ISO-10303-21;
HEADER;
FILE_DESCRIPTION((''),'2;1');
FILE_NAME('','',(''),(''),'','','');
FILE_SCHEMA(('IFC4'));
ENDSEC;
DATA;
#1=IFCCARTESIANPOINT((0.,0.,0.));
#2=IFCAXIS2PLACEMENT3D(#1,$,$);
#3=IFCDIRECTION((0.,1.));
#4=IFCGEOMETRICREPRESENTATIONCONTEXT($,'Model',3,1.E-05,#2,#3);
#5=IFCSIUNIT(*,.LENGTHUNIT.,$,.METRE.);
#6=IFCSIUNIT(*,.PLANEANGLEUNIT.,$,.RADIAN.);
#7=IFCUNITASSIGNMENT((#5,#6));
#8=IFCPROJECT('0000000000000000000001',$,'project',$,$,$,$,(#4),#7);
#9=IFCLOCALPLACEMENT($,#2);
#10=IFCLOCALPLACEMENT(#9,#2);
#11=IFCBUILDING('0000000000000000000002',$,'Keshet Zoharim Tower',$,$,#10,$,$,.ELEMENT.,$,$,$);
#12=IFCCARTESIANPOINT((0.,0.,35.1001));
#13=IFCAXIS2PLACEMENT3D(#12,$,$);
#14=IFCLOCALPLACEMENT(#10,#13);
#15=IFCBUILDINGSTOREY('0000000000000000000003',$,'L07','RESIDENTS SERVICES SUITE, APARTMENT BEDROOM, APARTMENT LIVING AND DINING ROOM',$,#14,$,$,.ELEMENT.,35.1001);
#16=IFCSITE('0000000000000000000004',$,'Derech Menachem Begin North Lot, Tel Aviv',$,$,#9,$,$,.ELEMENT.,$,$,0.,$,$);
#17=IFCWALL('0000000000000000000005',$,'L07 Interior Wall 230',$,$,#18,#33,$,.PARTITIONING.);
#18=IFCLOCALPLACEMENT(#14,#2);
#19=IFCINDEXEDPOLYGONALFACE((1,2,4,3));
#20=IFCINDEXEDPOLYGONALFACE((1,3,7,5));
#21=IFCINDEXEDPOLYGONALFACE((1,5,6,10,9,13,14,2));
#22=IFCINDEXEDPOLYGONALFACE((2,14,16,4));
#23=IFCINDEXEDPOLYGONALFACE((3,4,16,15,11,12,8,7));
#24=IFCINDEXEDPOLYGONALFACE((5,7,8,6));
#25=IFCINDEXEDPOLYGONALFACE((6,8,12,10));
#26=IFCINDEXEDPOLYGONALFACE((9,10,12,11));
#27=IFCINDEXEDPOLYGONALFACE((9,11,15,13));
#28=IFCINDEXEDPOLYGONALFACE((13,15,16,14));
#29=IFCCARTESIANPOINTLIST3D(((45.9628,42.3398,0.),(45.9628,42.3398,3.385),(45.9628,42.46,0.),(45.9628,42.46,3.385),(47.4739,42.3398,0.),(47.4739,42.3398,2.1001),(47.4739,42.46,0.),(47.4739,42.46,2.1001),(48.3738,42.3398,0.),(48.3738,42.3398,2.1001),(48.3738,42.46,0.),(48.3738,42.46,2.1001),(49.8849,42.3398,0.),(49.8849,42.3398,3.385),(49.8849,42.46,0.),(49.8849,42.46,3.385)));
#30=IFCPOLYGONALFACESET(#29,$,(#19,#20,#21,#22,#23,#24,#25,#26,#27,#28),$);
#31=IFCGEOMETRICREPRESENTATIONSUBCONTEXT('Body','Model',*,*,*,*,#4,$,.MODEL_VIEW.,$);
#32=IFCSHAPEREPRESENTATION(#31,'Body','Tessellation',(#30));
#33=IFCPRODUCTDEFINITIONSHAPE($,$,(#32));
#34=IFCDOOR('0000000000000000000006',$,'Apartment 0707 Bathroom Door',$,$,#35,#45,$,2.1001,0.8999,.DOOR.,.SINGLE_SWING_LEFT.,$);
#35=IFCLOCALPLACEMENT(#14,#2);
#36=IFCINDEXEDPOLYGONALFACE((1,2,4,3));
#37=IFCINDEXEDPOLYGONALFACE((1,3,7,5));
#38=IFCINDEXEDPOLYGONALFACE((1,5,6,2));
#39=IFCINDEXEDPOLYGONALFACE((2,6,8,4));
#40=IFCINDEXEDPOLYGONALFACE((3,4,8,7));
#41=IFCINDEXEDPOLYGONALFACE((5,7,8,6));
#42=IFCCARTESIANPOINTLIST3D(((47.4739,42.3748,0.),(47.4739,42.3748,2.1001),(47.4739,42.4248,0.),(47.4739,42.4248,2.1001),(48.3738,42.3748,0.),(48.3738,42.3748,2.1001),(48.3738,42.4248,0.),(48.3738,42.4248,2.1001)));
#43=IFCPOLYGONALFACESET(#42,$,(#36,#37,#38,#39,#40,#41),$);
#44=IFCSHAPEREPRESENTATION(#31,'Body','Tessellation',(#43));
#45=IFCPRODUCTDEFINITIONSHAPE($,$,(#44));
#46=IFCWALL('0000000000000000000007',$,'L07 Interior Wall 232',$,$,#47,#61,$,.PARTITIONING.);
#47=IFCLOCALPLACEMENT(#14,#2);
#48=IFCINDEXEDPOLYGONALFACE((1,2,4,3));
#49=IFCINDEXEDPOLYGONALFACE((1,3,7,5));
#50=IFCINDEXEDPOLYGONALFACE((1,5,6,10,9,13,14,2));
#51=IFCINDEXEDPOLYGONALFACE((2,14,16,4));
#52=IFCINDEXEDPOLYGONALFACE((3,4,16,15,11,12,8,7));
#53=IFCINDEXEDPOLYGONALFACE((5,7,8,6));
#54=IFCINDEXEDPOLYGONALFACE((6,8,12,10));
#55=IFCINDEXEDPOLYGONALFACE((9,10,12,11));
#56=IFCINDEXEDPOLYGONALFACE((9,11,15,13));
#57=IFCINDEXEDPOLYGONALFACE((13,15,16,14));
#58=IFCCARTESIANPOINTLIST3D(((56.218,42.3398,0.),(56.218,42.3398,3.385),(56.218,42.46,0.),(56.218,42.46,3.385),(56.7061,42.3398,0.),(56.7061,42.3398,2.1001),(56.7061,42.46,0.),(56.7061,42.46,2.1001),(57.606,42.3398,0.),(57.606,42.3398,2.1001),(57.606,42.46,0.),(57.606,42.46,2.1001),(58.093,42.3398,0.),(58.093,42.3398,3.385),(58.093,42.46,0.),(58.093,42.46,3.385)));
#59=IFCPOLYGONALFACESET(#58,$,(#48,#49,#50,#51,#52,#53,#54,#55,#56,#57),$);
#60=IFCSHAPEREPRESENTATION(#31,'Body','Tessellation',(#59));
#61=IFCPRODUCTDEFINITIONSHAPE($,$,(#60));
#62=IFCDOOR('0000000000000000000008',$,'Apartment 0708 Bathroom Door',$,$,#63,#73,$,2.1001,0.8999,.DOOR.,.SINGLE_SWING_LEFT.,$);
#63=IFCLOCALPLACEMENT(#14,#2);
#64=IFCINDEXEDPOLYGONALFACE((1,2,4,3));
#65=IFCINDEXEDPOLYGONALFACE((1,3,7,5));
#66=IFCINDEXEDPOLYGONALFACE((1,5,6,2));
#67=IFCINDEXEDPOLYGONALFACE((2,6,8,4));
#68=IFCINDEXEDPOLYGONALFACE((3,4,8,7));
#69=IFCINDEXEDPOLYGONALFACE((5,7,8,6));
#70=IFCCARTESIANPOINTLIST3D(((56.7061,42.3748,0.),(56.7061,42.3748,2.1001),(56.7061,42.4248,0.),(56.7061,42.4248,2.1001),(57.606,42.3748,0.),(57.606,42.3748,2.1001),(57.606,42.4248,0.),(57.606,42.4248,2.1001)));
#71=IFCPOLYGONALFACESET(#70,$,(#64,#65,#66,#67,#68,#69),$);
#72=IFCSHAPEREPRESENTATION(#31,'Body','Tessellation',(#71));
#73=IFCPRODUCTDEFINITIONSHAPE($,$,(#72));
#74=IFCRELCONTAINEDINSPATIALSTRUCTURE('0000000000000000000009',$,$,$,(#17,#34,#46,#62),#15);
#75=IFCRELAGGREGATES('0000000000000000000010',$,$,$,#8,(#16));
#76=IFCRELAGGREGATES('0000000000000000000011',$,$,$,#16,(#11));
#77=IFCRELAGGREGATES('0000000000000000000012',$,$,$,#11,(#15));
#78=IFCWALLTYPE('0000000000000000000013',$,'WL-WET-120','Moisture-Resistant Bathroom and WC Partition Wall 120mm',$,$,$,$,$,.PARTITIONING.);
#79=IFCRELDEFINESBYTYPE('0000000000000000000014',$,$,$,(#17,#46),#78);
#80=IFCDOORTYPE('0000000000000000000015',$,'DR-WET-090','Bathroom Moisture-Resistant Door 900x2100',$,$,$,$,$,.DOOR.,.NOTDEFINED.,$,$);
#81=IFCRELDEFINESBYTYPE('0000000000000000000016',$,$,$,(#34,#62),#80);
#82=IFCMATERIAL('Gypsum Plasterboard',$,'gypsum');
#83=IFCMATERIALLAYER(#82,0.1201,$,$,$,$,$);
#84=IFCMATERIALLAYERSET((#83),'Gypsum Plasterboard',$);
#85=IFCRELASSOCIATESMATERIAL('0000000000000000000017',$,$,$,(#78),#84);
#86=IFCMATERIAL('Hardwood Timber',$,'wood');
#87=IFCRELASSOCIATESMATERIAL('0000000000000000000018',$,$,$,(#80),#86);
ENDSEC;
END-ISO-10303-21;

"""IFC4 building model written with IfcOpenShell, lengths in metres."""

from ifc_helpers import new_model, si_unit, direction, frame, frame_2d, origin, place, context, subcontext, project, spatial, rectangle, extrude, material, layer, layer_set, type_object, element, fill, save


model = new_model("IFC4")

# Units and contexts
model_context = context("Model", 3, precision=1e-05, world=origin(), true_north=direction((0.0, 1.0)))
body_context = subcontext(model_context, "Body", "Model", "MODEL_VIEW")
ifc_project = project(units=[si_unit("LENGTHUNIT", "METRE"), si_unit("PLANEANGLEUNIT", "RADIAN")], contexts=[model_context])

# Site, building, storey
site_placement = place(None, origin())
site = spatial("IfcSite", under=ifc_project, at=site_placement, Name="Derech Menachem Begin North Lot, Tel Aviv", CompositionType="ELEMENT", RefElevation=0.0)
building_placement = place(site_placement, origin())
building = spatial("IfcBuilding", under=site, at=building_placement, Name="Keshet Zoharim Tower", CompositionType="ELEMENT")
storey_placement = place(building_placement, frame((0.0, 0.0, 35.1001)))
storey = spatial("IfcBuildingStorey", under=building, at=storey_placement, Name="L07", Description="RESIDENTS SERVICES SUITE, APARTMENT BEDROOM, APARTMENT LIVING AND DINING ROOM", CompositionType="ELEMENT", Elevation=35.1001)

# Shared definitions
ifc_material_1 = material(Name="Gypsum Plasterboard", Category="gypsum")

# Shared definitions
ifc_material_2 = material(Name="Hardwood Timber", Category="wood")

# Shared definitions
ifc_layer_1 = layer(ifc_material_1, 0.1201)
ifc_layer_set_1 = layer_set([ifc_layer_1], Name="Gypsum Plasterboard")
wall_type_1 = type_object("IfcWallType", Name="WL-WET-120", Description="Moisture-Resistant Bathroom and WC Partition Wall 120mm", PredefinedType="PARTITIONING", material=ifc_layer_set_1)

# Walls, openings, doors
door_type_1 = type_object("IfcDoorType", Name="DR-WET-090", Description="Bathroom Moisture-Resistant Door 900x2100", OperationType="NOTDEFINED", PredefinedType="DOOR", material=ifc_material_2)
wall_1_placement = place(storey_placement, frame((45.9629, 42.3999, 0.0), z_axis=(0.0, 0.0, 1.0), x_axis=(1.0, 0.0, 0.0)))
wall_1 = element("IfcWall", 1, at=wall_1_placement, inside=storey, type_object=wall_type_1, Name="L07 Interior Wall 230", PredefinedType="PARTITIONING", context=body_context, shape_type="SweptSolid", body=[
    extrude(rectangle(XDim=3.9221, YDim=0.1201, at=frame_2d((1.9609, 0.0))), origin(), (0.0, 0.0, 1.0), 3.385),
])
opening_1_placement = place(wall_1_placement, frame((1.511, 0.0, 0.0)))
opening_1 = element("IfcOpeningElement", 2, at=opening_1_placement, cuts=wall_1, PredefinedType="OPENING", context=body_context, shape_type="SweptSolid", body=[
    extrude(rectangle(XDim=0.8999, YDim=2.1001, at=frame_2d((0.45, 1.05))), frame((0.0, 0.0701, 0.0), z_axis=(0.0, -1.0, 0.0), x_axis=(1.0, 0.0, 0.0)), (0.0, 0.0, 1.0), 0.1401),
])
door_1_placement = place(opening_1_placement, origin())
door_1 = element("IfcDoor", 3, at=door_1_placement, inside=storey, type_object=door_type_1, Name="Apartment 0707 Bathroom Door", OperationType="SINGLE_SWING_LEFT", OverallHeight=2.1001, OverallWidth=0.8999, PredefinedType="DOOR", context=body_context, shape_type="SweptSolid", body=[
    extrude(rectangle(XDim=0.8999, YDim=2.1001, at=frame_2d((0.45, 1.05))), frame((0.0, 0.0249, 0.0), z_axis=(0.0, -1.0, 0.0), x_axis=(1.0, 0.0, 0.0)), (0.0, 0.0, 1.0), 0.05),
])
fill(opening_1, door_1)
wall_2_placement = place(storey_placement, frame((56.218, 42.3999, 0.0), z_axis=(0.0, 0.0, 1.0), x_axis=(1.0, 0.0, 0.0)))
wall_2 = element("IfcWall", 4, at=wall_2_placement, inside=storey, type_object=wall_type_1, Name="L07 Interior Wall 232", PredefinedType="PARTITIONING", context=body_context, shape_type="SweptSolid", body=[
    extrude(rectangle(XDim=1.875, YDim=0.1201, at=frame_2d((0.9375, 0.0))), origin(), (0.0, 0.0, 1.0), 3.385),
])
opening_2_placement = place(wall_2_placement, frame((0.488, 0.0, 0.0)))
opening_2 = element("IfcOpeningElement", 5, at=opening_2_placement, cuts=wall_2, PredefinedType="OPENING", context=body_context, shape_type="SweptSolid", body=[
    extrude(rectangle(XDim=0.8999, YDim=2.1001, at=frame_2d((0.45, 1.05))), frame((0.0, 0.0701, 0.0), z_axis=(0.0, -1.0, 0.0), x_axis=(1.0, 0.0, 0.0)), (0.0, 0.0, 1.0), 0.1401),
])
door_2_placement = place(opening_2_placement, origin())
door_2 = element("IfcDoor", 6, at=door_2_placement, inside=storey, type_object=door_type_1, Name="Apartment 0708 Bathroom Door", OperationType="SINGLE_SWING_LEFT", OverallHeight=2.1001, OverallWidth=0.8999, PredefinedType="DOOR", context=body_context, shape_type="SweptSolid", body=[
    extrude(rectangle(XDim=0.8999, YDim=2.1001, at=frame_2d((0.45, 1.05))), frame((0.0, 0.0249, 0.0), z_axis=(0.0, -1.0, 0.0), x_axis=(1.0, 0.0, 0.0)), (0.0, 0.0, 1.0), 0.05),
])
fill(opening_2, door_2)

save(model, "model.ifc")
